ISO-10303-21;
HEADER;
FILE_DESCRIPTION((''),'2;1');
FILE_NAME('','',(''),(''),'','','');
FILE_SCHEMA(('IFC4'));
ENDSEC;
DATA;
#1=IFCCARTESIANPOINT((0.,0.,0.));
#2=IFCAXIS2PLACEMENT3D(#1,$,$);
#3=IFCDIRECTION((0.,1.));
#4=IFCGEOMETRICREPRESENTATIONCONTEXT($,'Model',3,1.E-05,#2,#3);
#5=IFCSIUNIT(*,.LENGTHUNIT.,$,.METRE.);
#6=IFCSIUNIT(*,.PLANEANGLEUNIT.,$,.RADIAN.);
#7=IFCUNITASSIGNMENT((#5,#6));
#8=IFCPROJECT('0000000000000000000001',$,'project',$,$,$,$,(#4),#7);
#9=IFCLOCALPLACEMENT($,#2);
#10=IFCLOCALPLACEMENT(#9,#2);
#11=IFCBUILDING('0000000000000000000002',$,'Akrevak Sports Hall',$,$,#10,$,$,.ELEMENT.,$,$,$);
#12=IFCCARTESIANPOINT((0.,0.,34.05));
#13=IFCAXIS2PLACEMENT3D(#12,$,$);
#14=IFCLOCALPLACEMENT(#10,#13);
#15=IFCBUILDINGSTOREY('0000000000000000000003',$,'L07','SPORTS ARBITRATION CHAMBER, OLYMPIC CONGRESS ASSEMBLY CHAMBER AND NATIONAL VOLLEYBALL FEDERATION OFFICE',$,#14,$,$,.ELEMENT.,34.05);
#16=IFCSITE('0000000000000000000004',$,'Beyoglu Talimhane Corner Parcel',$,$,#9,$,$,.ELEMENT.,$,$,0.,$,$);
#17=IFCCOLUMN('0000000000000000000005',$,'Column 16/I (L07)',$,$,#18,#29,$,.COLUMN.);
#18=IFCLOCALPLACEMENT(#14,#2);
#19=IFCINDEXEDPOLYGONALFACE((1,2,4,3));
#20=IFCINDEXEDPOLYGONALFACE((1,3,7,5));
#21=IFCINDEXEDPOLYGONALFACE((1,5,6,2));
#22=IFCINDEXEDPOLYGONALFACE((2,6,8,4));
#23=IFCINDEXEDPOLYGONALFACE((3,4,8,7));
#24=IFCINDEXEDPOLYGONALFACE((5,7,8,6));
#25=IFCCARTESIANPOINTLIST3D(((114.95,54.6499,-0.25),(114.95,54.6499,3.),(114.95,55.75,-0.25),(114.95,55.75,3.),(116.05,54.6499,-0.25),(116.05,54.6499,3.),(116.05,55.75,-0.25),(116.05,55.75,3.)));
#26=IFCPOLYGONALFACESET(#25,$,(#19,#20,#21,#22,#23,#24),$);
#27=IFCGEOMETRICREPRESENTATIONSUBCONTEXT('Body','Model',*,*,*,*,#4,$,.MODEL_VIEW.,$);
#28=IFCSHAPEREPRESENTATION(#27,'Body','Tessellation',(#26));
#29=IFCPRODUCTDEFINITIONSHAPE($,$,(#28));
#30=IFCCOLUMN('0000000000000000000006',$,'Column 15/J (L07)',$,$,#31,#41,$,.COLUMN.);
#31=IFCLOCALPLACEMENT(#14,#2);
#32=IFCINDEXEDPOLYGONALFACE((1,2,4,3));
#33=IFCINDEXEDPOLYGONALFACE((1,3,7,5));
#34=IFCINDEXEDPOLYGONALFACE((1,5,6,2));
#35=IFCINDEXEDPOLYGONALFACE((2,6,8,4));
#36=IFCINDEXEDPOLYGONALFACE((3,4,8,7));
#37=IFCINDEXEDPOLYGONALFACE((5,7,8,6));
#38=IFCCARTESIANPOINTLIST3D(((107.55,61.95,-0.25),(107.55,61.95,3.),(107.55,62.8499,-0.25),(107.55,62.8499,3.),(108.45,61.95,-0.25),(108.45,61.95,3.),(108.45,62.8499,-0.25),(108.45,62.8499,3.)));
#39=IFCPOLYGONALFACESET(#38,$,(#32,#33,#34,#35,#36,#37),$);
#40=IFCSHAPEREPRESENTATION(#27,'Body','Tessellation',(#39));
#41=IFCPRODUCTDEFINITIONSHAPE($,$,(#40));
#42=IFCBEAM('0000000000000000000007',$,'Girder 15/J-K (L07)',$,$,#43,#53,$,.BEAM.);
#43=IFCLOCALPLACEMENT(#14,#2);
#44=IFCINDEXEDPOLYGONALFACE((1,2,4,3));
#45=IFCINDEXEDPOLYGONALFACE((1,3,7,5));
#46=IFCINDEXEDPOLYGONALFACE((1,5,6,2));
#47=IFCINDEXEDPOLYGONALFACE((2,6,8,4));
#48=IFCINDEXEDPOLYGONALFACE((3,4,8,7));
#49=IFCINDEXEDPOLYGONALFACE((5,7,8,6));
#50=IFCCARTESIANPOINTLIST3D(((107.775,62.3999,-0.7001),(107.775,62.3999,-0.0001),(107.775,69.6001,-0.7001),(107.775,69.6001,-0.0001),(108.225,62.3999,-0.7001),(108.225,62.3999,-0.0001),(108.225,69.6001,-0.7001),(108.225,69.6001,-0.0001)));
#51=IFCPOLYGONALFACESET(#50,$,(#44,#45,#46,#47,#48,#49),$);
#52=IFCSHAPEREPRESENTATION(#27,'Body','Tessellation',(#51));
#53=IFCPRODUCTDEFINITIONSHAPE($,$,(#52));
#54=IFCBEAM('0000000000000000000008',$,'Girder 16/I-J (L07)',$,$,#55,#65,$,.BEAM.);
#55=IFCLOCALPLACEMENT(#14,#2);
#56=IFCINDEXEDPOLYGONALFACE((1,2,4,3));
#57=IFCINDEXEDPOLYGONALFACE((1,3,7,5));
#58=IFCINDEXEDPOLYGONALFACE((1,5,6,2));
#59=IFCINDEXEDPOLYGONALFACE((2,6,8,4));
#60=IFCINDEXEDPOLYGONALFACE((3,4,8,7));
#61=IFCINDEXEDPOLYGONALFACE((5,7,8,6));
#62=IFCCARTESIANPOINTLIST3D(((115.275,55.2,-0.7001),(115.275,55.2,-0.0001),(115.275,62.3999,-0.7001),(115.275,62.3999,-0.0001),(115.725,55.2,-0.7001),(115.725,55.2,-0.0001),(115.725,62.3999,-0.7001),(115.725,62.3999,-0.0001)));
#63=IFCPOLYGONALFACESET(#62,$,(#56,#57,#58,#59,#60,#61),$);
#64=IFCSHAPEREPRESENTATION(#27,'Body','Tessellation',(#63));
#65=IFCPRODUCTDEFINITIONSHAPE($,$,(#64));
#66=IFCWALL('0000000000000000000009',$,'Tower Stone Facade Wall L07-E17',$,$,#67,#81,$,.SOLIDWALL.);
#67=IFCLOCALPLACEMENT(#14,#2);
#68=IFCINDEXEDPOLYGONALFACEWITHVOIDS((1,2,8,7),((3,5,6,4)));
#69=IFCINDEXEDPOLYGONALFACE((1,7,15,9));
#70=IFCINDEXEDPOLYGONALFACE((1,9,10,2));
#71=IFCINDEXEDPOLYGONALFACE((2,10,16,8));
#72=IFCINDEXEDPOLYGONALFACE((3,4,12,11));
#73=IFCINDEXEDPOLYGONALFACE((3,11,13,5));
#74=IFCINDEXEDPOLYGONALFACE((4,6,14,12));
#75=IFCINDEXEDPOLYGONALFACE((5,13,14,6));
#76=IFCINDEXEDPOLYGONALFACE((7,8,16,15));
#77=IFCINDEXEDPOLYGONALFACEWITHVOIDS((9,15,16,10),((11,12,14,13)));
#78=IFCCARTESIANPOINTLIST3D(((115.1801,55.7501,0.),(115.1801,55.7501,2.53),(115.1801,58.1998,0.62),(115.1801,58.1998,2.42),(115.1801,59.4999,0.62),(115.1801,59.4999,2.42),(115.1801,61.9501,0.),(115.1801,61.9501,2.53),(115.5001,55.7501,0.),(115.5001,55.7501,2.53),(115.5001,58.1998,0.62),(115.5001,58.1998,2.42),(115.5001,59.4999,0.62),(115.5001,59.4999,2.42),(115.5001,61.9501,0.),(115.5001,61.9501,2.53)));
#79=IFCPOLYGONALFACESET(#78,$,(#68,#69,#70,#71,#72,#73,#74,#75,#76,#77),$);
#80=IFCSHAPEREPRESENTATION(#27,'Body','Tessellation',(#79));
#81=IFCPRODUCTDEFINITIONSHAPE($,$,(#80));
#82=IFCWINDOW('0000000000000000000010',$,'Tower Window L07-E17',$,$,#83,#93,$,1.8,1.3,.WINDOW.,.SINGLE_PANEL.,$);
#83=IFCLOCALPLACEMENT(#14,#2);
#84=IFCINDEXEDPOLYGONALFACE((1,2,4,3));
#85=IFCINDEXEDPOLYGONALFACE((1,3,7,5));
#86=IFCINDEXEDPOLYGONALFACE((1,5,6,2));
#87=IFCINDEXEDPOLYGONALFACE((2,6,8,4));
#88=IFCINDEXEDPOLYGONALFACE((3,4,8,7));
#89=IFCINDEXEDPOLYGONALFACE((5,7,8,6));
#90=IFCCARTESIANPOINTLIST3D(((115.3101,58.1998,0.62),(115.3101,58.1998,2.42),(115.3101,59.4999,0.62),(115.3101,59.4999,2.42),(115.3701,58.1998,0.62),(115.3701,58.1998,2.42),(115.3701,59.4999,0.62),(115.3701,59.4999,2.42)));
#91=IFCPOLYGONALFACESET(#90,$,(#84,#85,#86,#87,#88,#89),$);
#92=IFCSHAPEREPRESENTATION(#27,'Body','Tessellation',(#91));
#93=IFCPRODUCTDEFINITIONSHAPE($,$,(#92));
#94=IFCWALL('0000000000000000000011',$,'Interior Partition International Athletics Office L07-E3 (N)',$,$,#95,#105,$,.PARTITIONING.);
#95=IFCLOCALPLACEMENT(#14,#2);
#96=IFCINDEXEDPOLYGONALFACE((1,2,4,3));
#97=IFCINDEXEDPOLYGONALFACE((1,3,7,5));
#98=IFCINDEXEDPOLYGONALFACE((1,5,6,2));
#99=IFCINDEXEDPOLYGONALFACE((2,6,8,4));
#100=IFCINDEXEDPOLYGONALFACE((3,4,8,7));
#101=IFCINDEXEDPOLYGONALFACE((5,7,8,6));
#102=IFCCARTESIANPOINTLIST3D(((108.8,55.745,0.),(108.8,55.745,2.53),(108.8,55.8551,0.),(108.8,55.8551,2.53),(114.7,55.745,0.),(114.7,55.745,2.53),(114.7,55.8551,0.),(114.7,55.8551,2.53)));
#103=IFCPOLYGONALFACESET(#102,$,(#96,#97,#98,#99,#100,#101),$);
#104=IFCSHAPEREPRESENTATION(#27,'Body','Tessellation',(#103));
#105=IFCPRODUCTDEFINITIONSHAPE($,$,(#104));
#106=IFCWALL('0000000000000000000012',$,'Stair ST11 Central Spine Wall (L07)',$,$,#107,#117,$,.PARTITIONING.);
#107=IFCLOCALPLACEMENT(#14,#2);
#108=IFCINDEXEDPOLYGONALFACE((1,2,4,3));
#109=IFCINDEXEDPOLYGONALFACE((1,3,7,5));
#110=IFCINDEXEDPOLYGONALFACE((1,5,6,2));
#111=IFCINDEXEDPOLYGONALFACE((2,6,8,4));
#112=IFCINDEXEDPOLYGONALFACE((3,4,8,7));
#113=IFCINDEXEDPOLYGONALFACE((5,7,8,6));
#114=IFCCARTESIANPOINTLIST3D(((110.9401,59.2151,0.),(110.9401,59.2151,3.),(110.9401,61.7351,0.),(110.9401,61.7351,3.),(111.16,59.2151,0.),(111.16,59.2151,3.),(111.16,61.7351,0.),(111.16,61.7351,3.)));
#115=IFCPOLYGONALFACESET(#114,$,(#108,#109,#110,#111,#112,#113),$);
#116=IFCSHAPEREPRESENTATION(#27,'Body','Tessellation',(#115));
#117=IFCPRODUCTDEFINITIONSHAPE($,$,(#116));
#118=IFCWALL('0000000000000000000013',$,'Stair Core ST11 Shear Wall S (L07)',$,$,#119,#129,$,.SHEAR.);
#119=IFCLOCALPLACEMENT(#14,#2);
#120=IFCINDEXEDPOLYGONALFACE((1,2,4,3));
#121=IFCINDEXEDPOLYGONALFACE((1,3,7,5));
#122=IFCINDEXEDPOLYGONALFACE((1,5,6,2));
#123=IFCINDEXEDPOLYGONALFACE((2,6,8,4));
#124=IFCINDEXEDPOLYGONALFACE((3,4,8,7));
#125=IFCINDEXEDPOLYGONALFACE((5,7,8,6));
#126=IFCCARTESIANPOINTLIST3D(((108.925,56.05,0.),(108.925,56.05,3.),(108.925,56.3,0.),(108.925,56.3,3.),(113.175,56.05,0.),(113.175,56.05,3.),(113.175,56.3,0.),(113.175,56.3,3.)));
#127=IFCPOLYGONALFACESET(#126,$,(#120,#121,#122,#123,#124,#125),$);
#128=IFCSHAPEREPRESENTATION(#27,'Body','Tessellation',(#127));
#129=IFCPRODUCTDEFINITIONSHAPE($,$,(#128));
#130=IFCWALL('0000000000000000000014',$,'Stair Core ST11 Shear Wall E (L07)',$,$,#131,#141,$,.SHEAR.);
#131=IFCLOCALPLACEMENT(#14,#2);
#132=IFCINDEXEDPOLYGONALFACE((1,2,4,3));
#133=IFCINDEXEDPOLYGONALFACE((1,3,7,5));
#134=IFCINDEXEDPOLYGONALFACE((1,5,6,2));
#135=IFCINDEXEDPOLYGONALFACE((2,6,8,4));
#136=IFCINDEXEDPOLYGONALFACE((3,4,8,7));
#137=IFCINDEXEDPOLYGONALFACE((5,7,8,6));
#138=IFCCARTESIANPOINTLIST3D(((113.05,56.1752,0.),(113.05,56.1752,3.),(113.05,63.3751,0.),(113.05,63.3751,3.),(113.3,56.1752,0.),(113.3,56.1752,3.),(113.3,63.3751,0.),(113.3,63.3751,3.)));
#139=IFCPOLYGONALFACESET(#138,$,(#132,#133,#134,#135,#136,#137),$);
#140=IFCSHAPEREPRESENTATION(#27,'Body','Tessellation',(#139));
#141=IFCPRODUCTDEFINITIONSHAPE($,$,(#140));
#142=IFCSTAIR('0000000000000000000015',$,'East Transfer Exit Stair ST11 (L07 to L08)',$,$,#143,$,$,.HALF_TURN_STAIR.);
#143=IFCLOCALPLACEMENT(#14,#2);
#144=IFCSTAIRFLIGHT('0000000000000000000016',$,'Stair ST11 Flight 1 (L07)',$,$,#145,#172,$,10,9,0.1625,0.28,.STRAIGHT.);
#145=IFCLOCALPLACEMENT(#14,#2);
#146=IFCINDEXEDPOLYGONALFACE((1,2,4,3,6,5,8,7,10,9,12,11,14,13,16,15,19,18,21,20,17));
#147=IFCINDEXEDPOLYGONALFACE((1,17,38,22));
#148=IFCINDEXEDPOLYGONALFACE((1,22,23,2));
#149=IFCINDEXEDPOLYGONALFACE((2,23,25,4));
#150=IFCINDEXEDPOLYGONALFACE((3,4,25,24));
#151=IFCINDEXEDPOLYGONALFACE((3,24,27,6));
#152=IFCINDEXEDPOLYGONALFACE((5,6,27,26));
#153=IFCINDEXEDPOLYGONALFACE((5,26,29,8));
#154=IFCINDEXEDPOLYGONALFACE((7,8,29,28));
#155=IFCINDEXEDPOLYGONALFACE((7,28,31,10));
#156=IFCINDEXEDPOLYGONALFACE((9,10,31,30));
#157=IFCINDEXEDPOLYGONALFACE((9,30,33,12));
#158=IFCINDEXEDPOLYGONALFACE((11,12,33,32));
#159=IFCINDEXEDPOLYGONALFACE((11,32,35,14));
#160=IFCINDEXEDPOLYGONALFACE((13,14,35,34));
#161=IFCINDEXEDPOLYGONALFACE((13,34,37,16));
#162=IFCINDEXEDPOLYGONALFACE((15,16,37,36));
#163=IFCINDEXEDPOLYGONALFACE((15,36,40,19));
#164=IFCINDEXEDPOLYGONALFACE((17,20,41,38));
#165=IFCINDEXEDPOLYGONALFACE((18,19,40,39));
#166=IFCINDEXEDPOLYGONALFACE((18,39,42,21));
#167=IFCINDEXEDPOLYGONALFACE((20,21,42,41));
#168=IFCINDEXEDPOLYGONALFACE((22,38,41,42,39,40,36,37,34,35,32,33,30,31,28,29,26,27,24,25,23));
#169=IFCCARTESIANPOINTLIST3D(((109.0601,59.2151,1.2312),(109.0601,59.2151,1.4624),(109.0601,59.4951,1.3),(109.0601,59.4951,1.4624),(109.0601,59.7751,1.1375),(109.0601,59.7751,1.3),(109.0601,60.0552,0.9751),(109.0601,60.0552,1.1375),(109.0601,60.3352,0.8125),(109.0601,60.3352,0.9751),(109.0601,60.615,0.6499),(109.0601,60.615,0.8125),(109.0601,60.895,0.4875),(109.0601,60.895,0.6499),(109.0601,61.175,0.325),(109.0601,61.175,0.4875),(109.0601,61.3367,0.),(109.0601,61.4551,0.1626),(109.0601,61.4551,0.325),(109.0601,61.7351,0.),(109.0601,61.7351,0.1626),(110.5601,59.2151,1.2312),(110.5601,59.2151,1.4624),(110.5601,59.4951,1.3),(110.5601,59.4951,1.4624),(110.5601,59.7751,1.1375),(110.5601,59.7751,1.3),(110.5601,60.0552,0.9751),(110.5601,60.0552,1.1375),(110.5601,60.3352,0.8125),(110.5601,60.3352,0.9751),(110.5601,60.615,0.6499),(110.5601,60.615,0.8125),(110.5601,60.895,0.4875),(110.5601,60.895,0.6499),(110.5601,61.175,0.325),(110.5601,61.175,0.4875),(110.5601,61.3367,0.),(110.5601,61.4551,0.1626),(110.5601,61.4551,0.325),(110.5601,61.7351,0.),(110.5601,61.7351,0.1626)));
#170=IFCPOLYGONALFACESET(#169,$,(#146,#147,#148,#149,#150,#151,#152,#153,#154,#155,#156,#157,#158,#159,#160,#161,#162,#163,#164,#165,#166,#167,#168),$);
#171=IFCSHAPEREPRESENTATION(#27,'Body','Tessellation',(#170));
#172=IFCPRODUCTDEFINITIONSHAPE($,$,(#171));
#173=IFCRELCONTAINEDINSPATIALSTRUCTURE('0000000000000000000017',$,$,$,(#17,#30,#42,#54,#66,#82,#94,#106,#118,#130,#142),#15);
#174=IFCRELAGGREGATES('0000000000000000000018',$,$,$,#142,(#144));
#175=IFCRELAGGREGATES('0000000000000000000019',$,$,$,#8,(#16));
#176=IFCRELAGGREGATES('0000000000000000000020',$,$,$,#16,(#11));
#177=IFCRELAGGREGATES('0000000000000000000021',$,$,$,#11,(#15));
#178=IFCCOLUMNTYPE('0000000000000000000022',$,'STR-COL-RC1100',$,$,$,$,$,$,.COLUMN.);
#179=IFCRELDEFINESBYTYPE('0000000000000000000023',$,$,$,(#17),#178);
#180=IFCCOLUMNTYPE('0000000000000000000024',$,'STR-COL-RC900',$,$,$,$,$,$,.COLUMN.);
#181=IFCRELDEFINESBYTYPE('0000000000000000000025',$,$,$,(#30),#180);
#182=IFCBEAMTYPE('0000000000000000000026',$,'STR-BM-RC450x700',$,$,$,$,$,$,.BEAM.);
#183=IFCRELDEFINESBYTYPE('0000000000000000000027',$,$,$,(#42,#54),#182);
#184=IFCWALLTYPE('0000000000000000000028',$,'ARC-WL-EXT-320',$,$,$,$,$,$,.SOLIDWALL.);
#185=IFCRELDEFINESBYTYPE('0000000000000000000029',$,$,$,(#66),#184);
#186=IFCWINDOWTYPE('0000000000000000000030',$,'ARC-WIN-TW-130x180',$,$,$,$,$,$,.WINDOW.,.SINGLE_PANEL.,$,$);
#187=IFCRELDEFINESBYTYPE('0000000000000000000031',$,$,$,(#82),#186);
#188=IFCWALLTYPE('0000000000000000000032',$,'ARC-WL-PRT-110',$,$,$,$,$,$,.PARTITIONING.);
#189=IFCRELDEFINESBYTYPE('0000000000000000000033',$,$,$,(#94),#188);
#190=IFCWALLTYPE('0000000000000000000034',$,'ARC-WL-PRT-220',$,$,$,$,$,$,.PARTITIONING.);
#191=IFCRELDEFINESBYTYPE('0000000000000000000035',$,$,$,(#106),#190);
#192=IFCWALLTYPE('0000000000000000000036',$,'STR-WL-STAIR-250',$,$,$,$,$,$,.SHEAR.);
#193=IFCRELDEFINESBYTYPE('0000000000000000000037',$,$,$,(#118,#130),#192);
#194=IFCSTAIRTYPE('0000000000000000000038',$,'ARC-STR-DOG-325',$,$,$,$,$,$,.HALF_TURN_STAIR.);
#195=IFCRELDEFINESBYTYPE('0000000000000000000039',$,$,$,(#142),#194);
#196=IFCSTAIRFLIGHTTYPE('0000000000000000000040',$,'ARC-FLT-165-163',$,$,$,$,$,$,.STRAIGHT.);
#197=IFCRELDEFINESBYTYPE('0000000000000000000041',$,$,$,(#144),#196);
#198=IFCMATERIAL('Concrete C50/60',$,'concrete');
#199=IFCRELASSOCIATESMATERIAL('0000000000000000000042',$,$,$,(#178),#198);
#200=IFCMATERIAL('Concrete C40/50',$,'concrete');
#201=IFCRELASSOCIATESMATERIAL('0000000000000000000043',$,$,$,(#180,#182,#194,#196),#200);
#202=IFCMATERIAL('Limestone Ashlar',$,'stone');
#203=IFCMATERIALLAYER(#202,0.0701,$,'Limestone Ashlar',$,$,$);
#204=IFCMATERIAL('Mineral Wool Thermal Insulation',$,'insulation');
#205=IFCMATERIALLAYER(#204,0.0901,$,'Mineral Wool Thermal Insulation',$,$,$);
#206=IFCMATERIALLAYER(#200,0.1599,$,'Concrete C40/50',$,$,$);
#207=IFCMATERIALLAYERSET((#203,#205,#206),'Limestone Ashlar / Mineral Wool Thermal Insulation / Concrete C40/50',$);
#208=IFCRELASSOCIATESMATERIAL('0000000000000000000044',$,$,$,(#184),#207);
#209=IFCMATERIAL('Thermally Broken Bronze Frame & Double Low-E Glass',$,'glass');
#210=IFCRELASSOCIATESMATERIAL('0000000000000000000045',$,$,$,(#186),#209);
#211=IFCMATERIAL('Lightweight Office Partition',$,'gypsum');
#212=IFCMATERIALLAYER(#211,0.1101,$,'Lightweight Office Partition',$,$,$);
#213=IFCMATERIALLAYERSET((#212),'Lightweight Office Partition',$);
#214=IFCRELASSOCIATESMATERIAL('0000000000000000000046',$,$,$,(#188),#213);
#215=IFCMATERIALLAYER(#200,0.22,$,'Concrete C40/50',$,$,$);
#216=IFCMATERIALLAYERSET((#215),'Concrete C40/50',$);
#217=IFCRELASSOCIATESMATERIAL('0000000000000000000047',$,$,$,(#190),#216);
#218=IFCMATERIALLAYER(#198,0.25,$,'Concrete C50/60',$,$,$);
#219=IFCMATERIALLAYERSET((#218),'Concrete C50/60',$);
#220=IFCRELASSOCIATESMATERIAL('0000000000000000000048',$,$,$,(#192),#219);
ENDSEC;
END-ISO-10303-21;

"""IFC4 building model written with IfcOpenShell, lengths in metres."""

from ifc_helpers import new_model, si_unit, direction, frame, frame_2d, origin, origin_2d, place, context, subcontext, project, spatial, polyline, rectangle, outline, extrude, material, layer, layer_set, material_profile, profile_set, type_object, element, fill, aggregate, save


model = new_model("IFC4")

# Units and contexts
model_context = context("Model", 3, precision=1e-05, world=origin(), true_north=direction((0.0, 1.0)))
body_context = subcontext(model_context, "Body", "Model", "MODEL_VIEW")
ifc_project = project(units=[si_unit("LENGTHUNIT", "METRE"), si_unit("PLANEANGLEUNIT", "RADIAN")], contexts=[model_context])

# Site, building, storey
site_placement = place(None, origin())
site = spatial("IfcSite", under=ifc_project, at=site_placement, Name="Beyoglu Talimhane Corner Parcel", CompositionType="ELEMENT", RefElevation=0.0)
building_placement = place(site_placement, origin())
building = spatial("IfcBuilding", under=site, at=building_placement, Name="Akrevak Sports Hall", CompositionType="ELEMENT")
storey_placement = place(building_placement, frame((0.0, 0.0, 34.05)))
storey = spatial("IfcBuildingStorey", under=building, at=storey_placement, Name="L07", Description="SPORTS ARBITRATION CHAMBER, OLYMPIC CONGRESS ASSEMBLY CHAMBER AND NATIONAL VOLLEYBALL FEDERATION OFFICE", CompositionType="ELEMENT", Elevation=34.05)

# Columns
ifc_material_1 = material(Name="Concrete C50/60", Category="concrete")
ifc_material_profile_1 = material_profile(ifc_material_1, rectangle(XDim=1.1001, YDim=1.1001, at=origin_2d()), Name="RC 1100x1100", Category="concrete")
ifc_profile_set_1 = profile_set([ifc_material_profile_1], Name="Concrete C50/60")
column_type_1 = type_object("IfcColumnType", Name="STR-COL-RC1100", PredefinedType="COLUMN", material=ifc_profile_set_1)
column_1_placement = place(storey_placement, frame((115.5, 55.2, -0.25), z_axis=(0.0, 0.0, 1.0), x_axis=(1.0, 0.0, 0.0)))
element("IfcColumn", 1, at=column_1_placement, inside=storey, type_object=column_type_1, Name="Column 16/I (L07)", PredefinedType="COLUMN", context=body_context, shape_type="SweptSolid", body=[
    extrude(rectangle(XDim=1.1001, YDim=1.1001, at=origin_2d()), origin(), (0.0, 0.0, 1.0), 3.25),
])
ifc_material_2 = material(Name="Concrete C40/50", Category="concrete")
ifc_material_profile_2 = material_profile(ifc_material_2, rectangle(XDim=0.8999, YDim=0.8999, at=origin_2d()), Name="RC 900x900", Category="concrete")
ifc_profile_set_2 = profile_set([ifc_material_profile_2], Name="Concrete C40/50")
column_type_2 = type_object("IfcColumnType", Name="STR-COL-RC900", PredefinedType="COLUMN", material=ifc_profile_set_2)
column_2_placement = place(storey_placement, frame((108.0, 62.3999, -0.25), z_axis=(0.0, 0.0, 1.0), x_axis=(1.0, 0.0, 0.0)))
element("IfcColumn", 2, at=column_2_placement, inside=storey, type_object=column_type_2, Name="Column 15/J (L07)", PredefinedType="COLUMN", context=body_context, shape_type="SweptSolid", body=[
    extrude(rectangle(XDim=0.8999, YDim=0.8999, at=origin_2d()), origin(), (0.0, 0.0, 1.0), 3.25),
])

# Beams
ifc_material_profile_3 = material_profile(ifc_material_2, rectangle(XDim=0.45, YDim=0.7, at=origin_2d()), Name="BM 450x700", Category="concrete")
ifc_profile_set_3 = profile_set([ifc_material_profile_3], Name="Concrete C40/50")
beam_type = type_object("IfcBeamType", Name="STR-BM-RC450x700", PredefinedType="BEAM", material=ifc_profile_set_3)
beam_1_placement = place(storey_placement, frame((108.0, 62.3999, -0.3501), z_axis=(0.0, 1.0, 0.0), x_axis=(-1.0, 0.0, 0.0)))
element("IfcBeam", 3, at=beam_1_placement, inside=storey, type_object=beam_type, Name="Girder 15/J-K (L07)", PredefinedType="BEAM", context=body_context, shape_type="SweptSolid", body=[
    extrude(rectangle(XDim=0.45, YDim=0.7, at=origin_2d()), origin(), (0.0, 0.0, 1.0), 7.2002),
])
beam_2_placement = place(storey_placement, frame((115.5, 55.2, -0.3501), z_axis=(0.0, 1.0, 0.0), x_axis=(-1.0, 0.0, 0.0)))
element("IfcBeam", 4, at=beam_2_placement, inside=storey, type_object=beam_type, Name="Girder 16/I-J (L07)", PredefinedType="BEAM", context=body_context, shape_type="SweptSolid", body=[
    extrude(rectangle(XDim=0.45, YDim=0.7, at=origin_2d()), origin(), (0.0, 0.0, 1.0), 7.2),
])

# Wall, opening, window
ifc_material_3 = material(Name="Limestone Ashlar", Category="stone")
ifc_layer_1 = layer(ifc_material_3, 0.0701, Name="Limestone Ashlar")
ifc_material_4 = material(Name="Mineral Wool Thermal Insulation", Category="insulation")
ifc_layer_2 = layer(ifc_material_4, 0.0901, Name="Mineral Wool Thermal Insulation")
ifc_layer_3 = layer(ifc_material_2, 0.1599, Name="Concrete C40/50")
ifc_layer_set_1 = layer_set([ifc_layer_1, ifc_layer_2, ifc_layer_3], Name="Limestone Ashlar / Mineral Wool Thermal Insulation / Concrete C40/50")
wall_type_1 = type_object("IfcWallType", Name="ARC-WL-EXT-320", PredefinedType="SOLIDWALL", material=ifc_layer_set_1)
wall_1_placement = place(storey_placement, frame((115.3401, 55.75, 0.0), z_axis=(0.0, 0.0, 1.0), x_axis=(0.0, 1.0, 0.0)))
wall_1 = element("IfcWall", 5, at=wall_1_placement, inside=storey, type_object=wall_type_1, Name="Tower Stone Facade Wall L07-E17", PredefinedType="SOLIDWALL", context=body_context, shape_type="SweptSolid", body=[
    extrude(rectangle(XDim=6.2, YDim=0.3201, at=frame_2d((3.1001, 0.0))), origin(), (0.0, 0.0, 1.0), 2.53),
])
opening_placement = place(wall_1_placement, frame((2.45, 0.0, 0.6201)))
opening = element("IfcOpeningElement", 6, at=opening_placement, cuts=wall_1, PredefinedType="OPENING", context=body_context, shape_type="SweptSolid", body=[
    extrude(rectangle(XDim=1.3, YDim=1.8, at=frame_2d((0.6499, 0.8999))), frame((0.0, 0.1719, 0.0), z_axis=(0.0, -1.0, 0.0), x_axis=(1.0, 0.0, 0.0)), (0.0, 0.0, 1.0), 0.344),
])
ifc_material_5 = material(Name="Thermally Broken Bronze Frame & Double Low-E Glass", Category="glass")
window_type = type_object("IfcWindowType", Name="ARC-WIN-TW-130x180", PartitioningType="SINGLE_PANEL", PredefinedType="WINDOW", material=ifc_material_5)
window_placement = place(opening_placement, origin())
window = element("IfcWindow", 7, at=window_placement, inside=storey, type_object=window_type, Name="Tower Window L07-E17", OverallHeight=1.8, OverallWidth=1.3, PartitioningType="SINGLE_PANEL", PredefinedType="WINDOW", context=body_context, shape_type="SweptSolid", body=[
    extrude(rectangle(XDim=1.3, YDim=1.8, at=frame_2d((0.6499, 0.8999))), frame((0.0, 0.03, 0.0), z_axis=(0.0, -1.0, 0.0), x_axis=(1.0, 0.0, 0.0)), (0.0, 0.0, 1.0), 0.0601),
])
fill(opening, window)

# Walls
ifc_material_6 = material(Name="Lightweight Office Partition", Category="gypsum")
ifc_layer_4 = layer(ifc_material_6, 0.1101, Name="Lightweight Office Partition")
ifc_layer_set_2 = layer_set([ifc_layer_4], Name="Lightweight Office Partition")
wall_type_2 = type_object("IfcWallType", Name="ARC-WL-PRT-110", PredefinedType="PARTITIONING", material=ifc_layer_set_2)
wall_2_placement = place(storey_placement, frame((108.8, 55.8, 0.0), z_axis=(0.0, 0.0, 1.0), x_axis=(1.0, 0.0, 0.0)))
element("IfcWall", 8, at=wall_2_placement, inside=storey, type_object=wall_type_2, Name="Interior Partition International Athletics Office L07-E3 (N)", PredefinedType="PARTITIONING", context=body_context, shape_type="SweptSolid", body=[
    extrude(rectangle(XDim=5.8999, YDim=0.1101, at=frame_2d((2.95, 0.0))), origin(), (0.0, 0.0, 1.0), 2.53),
])
ifc_layer_5 = layer(ifc_material_2, 0.22, Name="Concrete C40/50")
ifc_layer_set_3 = layer_set([ifc_layer_5], Name="Concrete C40/50")
wall_type_3 = type_object("IfcWallType", Name="ARC-WL-PRT-220", PredefinedType="PARTITIONING", material=ifc_layer_set_3)
wall_3_placement = place(storey_placement, frame((111.05, 59.2151, 0.0), z_axis=(0.0, 0.0, 1.0), x_axis=(0.0, 1.0, 0.0)))
element("IfcWall", 9, at=wall_3_placement, inside=storey, type_object=wall_type_3, Name="Stair ST11 Central Spine Wall (L07)", PredefinedType="PARTITIONING", context=body_context, shape_type="SweptSolid", body=[
    extrude(rectangle(XDim=2.52, YDim=0.22, at=frame_2d((1.26, 0.0))), origin(), (0.0, 0.0, 1.0), 3.0),
])
ifc_layer_6 = layer(ifc_material_1, 0.25, Name="Concrete C50/60")
ifc_layer_set_4 = layer_set([ifc_layer_6], Name="Concrete C50/60")
wall_type_4 = type_object("IfcWallType", Name="STR-WL-STAIR-250", PredefinedType="SHEAR", material=ifc_layer_set_4)
wall_4_placement = place(storey_placement, frame((108.925, 56.175, 0.0), z_axis=(0.0, 0.0, 1.0), x_axis=(1.0, 0.0, 0.0)))
element("IfcWall", 10, at=wall_4_placement, inside=storey, type_object=wall_type_4, Name="Stair Core ST11 Shear Wall S (L07)", PredefinedType="SHEAR", context=body_context, shape_type="SweptSolid", body=[
    extrude(rectangle(XDim=4.25, YDim=0.25, at=frame_2d((2.125, 0.0))), origin(), (0.0, 0.0, 1.0), 3.0),
])
wall_5_placement = place(storey_placement, frame((113.175, 56.175, 0.0), z_axis=(0.0, 0.0, 1.0), x_axis=(0.0, 1.0, 0.0)))
element("IfcWall", 11, at=wall_5_placement, inside=storey, type_object=wall_type_4, Name="Stair Core ST11 Shear Wall E (L07)", PredefinedType="SHEAR", context=body_context, shape_type="SweptSolid", body=[
    extrude(rectangle(XDim=7.2, YDim=0.25, at=frame_2d((3.6001, 0.0))), origin(), (0.0, 0.0, 1.0), 3.0),
])

# Stair, stair flight
stair_type = type_object("IfcStairType", Name="ARC-STR-DOG-325", PredefinedType="HALF_TURN_STAIR", material=ifc_material_2)
stair_placement = place(storey_placement, origin())
stair = element("IfcStair", 12, at=stair_placement, inside=storey, type_object=stair_type, Name="East Transfer Exit Stair ST11 (L07 to L08)", PredefinedType="HALF_TURN_STAIR")
stair_flight_type = type_object("IfcStairFlightType", Name="ARC-FLT-165-163", PredefinedType="STRAIGHT", material=ifc_material_2)
stair_flight_1_placement = place(storey_placement, frame((109.8101, 61.7351, 0.0), z_axis=(0.0, 0.0, 1.0), x_axis=(0.0, -1.0, 0.0)))
stair_flight_1 = element("IfcStairFlight", 13, at=stair_flight_1_placement, type_object=stair_flight_type, Name="Stair ST11 Flight 1 (L07)", NumberOfRisers=10, NumberOfTreads=9, PredefinedType="STRAIGHT", RiserHeight=0.1625, TreadLength=0.28, context=body_context, shape_type="SweptSolid", body=[
    extrude(outline(polyline([(0.0, 0.0), (0.0, 0.1626), (0.28, 0.1626), (0.28, 0.325), (0.5601, 0.325), (0.5601, 0.4875), (0.8401, 0.4875), (0.8401, 0.6499), (1.1201, 0.6499), (1.1201, 0.8125), (1.3999, 0.8125), (1.3999, 0.9751), (1.6799, 0.9751), (1.6799, 1.1375), (1.96, 1.1375), (1.96, 1.3), (2.24, 1.3), (2.24, 1.4624), (2.52, 1.4624), (2.52, 1.625), (2.52, 1.2312), (0.3984, 0.0), (0.0, 0.0)])), frame((0.0, 0.75, 0.0), z_axis=(0.0, -1.0, 0.0), x_axis=(1.0, 0.0, 0.0)), (0.0, 0.0, 1.0), 1.5),
])
aggregate(stair, [stair_flight_1])

save(model, "model.ifc")
